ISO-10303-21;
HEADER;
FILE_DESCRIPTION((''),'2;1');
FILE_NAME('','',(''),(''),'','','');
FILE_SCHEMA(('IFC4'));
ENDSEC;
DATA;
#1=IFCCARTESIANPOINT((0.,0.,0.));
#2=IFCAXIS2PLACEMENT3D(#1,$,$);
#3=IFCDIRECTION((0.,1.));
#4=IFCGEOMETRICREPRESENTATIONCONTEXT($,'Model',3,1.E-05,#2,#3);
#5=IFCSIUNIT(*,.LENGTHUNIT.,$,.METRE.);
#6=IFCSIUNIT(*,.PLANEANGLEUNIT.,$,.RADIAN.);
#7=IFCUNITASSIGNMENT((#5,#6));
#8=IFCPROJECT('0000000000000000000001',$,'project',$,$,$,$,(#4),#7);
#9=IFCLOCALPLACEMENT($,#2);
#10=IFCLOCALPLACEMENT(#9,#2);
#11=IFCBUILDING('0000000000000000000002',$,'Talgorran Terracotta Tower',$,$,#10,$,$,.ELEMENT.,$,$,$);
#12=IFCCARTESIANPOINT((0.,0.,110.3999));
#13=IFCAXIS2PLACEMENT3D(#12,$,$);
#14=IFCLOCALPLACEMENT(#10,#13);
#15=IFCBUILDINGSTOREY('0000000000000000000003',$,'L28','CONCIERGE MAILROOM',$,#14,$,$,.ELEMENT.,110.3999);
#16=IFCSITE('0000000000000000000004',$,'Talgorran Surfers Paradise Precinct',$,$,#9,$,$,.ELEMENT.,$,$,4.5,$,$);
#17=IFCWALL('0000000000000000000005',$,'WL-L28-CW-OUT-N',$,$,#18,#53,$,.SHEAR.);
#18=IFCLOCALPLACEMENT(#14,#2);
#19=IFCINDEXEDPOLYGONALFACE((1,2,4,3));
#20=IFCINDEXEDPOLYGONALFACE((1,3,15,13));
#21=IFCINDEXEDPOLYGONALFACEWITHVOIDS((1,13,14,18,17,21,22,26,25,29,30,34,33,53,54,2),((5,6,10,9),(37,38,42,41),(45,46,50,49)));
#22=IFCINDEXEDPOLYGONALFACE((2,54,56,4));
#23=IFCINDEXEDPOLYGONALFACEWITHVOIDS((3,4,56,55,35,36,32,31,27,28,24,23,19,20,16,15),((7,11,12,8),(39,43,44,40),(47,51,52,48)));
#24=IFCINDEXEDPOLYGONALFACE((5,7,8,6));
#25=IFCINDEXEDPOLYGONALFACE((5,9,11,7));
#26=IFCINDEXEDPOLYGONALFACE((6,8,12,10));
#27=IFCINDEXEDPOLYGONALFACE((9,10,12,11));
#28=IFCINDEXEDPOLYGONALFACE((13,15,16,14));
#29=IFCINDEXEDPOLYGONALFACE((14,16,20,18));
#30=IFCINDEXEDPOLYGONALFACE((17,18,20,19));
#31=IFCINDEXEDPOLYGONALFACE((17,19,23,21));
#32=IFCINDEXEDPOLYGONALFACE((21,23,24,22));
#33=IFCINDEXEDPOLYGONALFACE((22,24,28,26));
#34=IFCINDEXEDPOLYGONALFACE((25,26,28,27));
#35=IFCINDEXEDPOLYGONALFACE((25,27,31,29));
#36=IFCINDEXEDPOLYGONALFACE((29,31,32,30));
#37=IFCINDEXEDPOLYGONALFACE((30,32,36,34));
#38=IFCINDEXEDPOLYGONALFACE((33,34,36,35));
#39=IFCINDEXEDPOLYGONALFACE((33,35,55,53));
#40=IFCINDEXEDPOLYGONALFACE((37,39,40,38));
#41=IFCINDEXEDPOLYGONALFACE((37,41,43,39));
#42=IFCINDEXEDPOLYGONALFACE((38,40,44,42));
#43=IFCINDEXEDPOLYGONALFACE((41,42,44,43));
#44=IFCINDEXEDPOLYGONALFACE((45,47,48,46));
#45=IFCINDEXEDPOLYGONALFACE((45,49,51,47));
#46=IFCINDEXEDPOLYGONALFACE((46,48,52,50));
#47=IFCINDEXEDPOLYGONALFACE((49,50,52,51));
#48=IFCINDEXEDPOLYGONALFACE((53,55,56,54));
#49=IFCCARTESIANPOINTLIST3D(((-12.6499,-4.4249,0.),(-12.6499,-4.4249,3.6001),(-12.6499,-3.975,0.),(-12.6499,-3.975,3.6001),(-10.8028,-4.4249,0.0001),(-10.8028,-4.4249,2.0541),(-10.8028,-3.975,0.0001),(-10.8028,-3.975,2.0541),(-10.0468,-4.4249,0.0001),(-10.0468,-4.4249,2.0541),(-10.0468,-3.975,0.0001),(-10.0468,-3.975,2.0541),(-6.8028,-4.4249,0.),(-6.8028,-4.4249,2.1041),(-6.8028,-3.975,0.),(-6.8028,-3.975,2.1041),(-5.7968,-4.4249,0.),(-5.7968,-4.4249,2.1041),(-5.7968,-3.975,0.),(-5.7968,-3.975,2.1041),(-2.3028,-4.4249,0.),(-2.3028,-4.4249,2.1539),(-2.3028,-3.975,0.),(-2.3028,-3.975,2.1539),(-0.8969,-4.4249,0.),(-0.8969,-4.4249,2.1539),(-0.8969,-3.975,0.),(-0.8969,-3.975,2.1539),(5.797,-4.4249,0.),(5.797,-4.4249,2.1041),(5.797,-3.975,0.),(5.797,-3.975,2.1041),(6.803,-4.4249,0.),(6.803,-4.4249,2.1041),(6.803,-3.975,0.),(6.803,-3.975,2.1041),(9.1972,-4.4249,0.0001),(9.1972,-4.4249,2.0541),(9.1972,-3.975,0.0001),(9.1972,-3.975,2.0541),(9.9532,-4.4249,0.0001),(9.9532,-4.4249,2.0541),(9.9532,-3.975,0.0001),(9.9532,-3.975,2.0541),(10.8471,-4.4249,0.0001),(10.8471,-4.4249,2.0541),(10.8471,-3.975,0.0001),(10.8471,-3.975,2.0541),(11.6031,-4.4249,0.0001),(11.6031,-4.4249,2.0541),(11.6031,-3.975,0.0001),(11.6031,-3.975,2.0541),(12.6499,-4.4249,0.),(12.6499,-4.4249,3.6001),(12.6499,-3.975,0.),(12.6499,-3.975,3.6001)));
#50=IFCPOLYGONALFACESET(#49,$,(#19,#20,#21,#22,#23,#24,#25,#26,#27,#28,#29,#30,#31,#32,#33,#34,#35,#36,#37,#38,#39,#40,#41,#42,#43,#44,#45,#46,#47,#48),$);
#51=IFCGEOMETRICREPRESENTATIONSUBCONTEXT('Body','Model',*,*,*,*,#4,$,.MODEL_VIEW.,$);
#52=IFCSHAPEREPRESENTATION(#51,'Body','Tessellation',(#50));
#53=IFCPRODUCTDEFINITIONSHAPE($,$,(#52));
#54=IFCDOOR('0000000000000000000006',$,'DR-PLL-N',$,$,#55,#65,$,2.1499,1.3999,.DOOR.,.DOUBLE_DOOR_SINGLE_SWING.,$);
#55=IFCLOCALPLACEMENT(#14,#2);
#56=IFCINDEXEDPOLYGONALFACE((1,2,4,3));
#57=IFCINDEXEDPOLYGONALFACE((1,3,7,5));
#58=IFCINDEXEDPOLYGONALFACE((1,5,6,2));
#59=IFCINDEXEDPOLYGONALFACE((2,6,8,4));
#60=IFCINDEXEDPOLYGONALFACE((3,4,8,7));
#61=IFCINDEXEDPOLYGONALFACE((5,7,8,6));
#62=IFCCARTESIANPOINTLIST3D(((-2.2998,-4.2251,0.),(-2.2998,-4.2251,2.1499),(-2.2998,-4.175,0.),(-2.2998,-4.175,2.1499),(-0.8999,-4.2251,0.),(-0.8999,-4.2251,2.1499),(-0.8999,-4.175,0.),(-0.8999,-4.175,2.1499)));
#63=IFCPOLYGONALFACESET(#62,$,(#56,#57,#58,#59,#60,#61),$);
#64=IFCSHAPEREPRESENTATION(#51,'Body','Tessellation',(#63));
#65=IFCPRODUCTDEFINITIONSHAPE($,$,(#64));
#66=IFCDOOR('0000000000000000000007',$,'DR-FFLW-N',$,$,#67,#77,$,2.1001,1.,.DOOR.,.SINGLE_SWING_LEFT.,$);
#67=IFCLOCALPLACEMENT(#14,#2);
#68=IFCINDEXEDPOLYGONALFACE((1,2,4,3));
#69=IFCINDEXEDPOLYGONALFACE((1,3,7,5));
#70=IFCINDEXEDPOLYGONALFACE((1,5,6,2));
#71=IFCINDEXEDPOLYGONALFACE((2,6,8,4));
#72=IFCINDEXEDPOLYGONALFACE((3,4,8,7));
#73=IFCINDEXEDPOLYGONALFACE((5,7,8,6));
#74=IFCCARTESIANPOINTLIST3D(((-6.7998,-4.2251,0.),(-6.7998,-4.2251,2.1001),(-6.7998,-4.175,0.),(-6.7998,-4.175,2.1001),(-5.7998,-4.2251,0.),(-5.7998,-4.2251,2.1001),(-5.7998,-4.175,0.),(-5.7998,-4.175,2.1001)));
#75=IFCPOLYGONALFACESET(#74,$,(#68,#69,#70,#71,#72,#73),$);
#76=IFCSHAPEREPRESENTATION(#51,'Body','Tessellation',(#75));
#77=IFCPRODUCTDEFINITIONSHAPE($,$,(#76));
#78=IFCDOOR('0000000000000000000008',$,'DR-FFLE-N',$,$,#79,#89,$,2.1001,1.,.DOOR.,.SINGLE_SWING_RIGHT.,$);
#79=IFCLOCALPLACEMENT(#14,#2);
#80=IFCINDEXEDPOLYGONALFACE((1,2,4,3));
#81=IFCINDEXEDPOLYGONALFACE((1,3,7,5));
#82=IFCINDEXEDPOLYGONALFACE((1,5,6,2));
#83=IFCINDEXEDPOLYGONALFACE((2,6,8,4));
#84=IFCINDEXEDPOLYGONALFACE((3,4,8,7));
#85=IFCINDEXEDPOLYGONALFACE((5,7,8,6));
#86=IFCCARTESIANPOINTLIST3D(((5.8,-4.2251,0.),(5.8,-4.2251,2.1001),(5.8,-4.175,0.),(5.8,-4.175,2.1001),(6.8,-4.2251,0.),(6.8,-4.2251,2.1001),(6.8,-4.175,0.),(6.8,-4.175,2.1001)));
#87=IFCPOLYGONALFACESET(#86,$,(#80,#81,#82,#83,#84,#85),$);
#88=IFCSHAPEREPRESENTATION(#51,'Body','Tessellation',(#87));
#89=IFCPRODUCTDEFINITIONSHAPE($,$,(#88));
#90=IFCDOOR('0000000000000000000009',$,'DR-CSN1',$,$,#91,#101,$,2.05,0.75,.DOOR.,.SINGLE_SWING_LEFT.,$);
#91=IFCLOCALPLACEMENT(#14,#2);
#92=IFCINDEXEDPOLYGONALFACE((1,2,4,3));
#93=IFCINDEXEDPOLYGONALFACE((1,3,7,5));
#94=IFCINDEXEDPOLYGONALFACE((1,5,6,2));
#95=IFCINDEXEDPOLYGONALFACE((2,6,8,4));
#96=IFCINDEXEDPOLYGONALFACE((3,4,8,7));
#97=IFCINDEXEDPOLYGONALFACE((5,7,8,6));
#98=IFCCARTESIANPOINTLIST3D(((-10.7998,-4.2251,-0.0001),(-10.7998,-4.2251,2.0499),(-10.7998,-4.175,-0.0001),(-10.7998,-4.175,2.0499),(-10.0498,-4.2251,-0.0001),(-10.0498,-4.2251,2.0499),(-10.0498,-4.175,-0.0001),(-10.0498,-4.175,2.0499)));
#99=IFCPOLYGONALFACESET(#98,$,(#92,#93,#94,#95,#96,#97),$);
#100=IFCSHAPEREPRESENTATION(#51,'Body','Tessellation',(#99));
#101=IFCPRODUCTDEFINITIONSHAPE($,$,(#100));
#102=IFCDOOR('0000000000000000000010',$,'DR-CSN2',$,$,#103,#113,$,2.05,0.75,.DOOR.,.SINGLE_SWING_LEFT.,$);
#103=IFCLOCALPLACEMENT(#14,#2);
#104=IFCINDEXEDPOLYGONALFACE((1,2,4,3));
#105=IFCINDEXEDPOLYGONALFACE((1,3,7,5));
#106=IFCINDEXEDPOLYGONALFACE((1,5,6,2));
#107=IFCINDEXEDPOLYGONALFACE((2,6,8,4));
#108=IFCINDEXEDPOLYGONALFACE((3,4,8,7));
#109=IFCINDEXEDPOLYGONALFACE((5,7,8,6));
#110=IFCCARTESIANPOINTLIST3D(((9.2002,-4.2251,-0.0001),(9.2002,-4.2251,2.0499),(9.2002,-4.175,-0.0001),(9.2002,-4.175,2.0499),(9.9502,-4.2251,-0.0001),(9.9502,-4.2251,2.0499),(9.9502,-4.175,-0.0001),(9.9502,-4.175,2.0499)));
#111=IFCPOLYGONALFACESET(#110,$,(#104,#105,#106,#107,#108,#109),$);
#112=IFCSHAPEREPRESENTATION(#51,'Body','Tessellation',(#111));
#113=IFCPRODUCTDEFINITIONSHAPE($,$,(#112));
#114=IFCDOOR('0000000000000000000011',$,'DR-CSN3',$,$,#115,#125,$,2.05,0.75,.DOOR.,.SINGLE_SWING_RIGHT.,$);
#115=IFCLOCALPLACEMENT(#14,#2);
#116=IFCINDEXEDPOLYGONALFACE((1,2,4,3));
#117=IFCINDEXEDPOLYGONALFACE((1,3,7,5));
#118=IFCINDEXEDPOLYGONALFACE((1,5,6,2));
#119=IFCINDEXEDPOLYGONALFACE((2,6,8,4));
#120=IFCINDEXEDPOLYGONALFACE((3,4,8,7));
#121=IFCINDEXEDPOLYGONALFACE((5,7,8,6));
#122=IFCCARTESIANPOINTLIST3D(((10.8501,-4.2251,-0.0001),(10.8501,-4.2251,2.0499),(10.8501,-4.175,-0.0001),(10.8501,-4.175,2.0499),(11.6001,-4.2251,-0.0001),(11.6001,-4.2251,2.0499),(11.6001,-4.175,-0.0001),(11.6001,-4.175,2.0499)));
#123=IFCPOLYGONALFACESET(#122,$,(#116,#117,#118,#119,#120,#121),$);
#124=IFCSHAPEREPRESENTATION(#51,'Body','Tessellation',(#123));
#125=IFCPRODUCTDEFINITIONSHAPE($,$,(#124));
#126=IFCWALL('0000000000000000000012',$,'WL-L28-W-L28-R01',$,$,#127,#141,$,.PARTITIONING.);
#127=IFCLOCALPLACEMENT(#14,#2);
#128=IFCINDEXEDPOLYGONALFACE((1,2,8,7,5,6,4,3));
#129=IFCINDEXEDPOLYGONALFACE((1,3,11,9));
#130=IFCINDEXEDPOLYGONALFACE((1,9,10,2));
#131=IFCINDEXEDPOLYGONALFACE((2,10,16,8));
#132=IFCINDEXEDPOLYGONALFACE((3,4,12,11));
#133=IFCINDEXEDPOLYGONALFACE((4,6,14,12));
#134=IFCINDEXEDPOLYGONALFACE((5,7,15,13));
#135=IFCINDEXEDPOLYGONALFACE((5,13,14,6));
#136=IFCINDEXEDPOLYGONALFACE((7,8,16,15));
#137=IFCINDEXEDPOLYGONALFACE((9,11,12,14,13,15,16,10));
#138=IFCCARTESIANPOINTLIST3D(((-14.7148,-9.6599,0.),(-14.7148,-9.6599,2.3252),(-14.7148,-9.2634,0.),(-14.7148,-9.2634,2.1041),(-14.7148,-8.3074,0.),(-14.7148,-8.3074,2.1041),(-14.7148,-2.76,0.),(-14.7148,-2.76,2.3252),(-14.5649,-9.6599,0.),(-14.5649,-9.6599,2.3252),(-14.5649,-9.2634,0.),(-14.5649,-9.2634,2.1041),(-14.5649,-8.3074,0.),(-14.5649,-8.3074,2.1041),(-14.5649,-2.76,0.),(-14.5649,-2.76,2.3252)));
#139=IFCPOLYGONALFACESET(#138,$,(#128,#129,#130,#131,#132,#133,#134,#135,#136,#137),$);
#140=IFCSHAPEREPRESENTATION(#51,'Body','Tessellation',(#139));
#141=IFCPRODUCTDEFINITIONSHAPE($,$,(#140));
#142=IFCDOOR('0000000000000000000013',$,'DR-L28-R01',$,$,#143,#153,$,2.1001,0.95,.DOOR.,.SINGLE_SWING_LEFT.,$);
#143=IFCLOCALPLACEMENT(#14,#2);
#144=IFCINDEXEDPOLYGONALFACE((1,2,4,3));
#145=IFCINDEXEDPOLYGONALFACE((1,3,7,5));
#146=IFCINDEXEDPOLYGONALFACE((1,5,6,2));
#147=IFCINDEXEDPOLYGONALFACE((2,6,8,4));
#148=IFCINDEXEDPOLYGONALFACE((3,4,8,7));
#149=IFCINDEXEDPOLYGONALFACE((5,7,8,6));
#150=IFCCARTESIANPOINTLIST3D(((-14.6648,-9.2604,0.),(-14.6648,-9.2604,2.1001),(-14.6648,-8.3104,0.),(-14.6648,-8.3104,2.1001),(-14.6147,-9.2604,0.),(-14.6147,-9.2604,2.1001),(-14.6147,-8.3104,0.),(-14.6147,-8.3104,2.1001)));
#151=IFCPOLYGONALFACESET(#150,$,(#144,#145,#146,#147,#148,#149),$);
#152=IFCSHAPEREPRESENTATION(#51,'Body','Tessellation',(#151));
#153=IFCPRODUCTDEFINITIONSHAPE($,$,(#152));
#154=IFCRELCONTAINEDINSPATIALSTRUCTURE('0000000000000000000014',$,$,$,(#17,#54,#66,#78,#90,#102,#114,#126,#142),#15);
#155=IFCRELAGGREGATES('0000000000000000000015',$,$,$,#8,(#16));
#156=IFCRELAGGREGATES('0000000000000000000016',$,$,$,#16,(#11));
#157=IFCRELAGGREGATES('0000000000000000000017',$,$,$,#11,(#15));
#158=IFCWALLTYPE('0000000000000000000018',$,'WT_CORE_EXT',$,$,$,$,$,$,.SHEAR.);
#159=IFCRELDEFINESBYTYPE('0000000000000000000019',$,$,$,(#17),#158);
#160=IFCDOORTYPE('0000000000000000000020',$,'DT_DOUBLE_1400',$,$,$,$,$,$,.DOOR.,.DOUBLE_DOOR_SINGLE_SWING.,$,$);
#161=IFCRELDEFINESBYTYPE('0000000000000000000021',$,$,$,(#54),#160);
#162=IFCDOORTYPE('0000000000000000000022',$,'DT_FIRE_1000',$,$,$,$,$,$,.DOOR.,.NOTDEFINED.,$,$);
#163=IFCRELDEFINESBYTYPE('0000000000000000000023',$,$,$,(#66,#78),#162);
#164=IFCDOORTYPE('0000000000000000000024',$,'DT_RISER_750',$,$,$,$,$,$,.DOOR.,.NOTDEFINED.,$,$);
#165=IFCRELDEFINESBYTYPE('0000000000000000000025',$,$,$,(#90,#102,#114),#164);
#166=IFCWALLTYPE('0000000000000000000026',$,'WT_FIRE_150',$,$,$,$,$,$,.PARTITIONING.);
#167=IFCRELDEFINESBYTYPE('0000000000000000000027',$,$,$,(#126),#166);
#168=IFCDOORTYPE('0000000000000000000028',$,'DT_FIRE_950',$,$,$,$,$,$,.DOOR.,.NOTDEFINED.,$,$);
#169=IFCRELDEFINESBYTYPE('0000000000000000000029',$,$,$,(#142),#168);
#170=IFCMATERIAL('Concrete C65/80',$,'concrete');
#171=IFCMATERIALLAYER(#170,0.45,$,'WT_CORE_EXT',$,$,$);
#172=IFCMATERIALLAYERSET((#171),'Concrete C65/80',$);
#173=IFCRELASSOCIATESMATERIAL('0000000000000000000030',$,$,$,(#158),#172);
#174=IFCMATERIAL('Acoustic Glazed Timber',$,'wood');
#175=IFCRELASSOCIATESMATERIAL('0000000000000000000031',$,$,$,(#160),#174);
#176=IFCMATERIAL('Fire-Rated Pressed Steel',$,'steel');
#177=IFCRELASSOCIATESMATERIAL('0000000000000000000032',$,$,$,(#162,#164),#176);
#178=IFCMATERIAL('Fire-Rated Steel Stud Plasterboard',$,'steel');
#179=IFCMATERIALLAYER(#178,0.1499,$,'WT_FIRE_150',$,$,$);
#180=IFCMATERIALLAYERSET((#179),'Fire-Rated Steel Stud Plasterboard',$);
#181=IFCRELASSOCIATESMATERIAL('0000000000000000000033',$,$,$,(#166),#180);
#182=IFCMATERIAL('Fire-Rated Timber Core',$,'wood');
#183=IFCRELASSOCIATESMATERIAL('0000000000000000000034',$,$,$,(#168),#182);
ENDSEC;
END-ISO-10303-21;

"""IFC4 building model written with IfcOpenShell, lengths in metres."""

from ifc_helpers import new_model, si_unit, direction, frame, frame_2d, origin, place, context, subcontext, project, spatial, rectangle, extrude, material, layer, layer_set, type_object, element, fill, save


model = new_model("IFC4")

# Units and contexts
model_context = context("Model", 3, precision=1e-05, world=origin(), true_north=direction((0.0, 1.0)))
body_context = subcontext(model_context, "Body", "Model", "MODEL_VIEW")
ifc_project = project(units=[si_unit("LENGTHUNIT", "METRE"), si_unit("PLANEANGLEUNIT", "RADIAN")], contexts=[model_context])

# Site, building, storey
site_placement = place(None, origin())
site = spatial("IfcSite", under=ifc_project, at=site_placement, Name="Talgorran Surfers Paradise Precinct", CompositionType="ELEMENT", RefElevation=4.5)
building_placement = place(site_placement, origin())
building = spatial("IfcBuilding", under=site, at=building_placement, Name="Talgorran Terracotta Tower", CompositionType="ELEMENT")
storey_placement = place(building_placement, frame((0.0, 0.0, 110.3999)))
storey = spatial("IfcBuildingStorey", under=building, at=storey_placement, Name="L28", Description="CONCIERGE MAILROOM", CompositionType="ELEMENT", Elevation=110.3999)

# Wall, openings, doors
ifc_material_1 = material(Name="Concrete C65/80", Category="concrete")
ifc_layer_1 = layer(ifc_material_1, 0.45, Name="WT_CORE_EXT")
ifc_layer_set_1 = layer_set([ifc_layer_1], Name="Concrete C65/80")
wall_type_1 = type_object("IfcWallType", Name="WT_CORE_EXT", PredefinedType="SHEAR", material=ifc_layer_set_1)
wall_1_placement = place(storey_placement, frame((-12.6499, -4.2, 0.0), z_axis=(0.0, 0.0, 1.0), x_axis=(1.0, 0.0, 0.0)))
wall_1 = element("IfcWall", 1, at=wall_1_placement, inside=storey, type_object=wall_type_1, Name="WL-L28-CW-OUT-N", PredefinedType="SHEAR", context=body_context, shape_type="SweptSolid", body=[
    extrude(rectangle(XDim=25.2998, YDim=0.45, at=frame_2d((12.6499, 0.0))), origin(), (0.0, 0.0, 1.0), 3.6001),
])
opening_1_placement = place(wall_1_placement, frame((1.8501, 0.0, 0.0)))
opening_1 = element("IfcOpeningElement", 2, at=opening_1_placement, cuts=wall_1, PredefinedType="OPENING", context=body_context, shape_type="SweptSolid", body=[
    extrude(rectangle(XDim=0.756, YDim=2.054, at=frame_2d((0.375, 1.0271))), frame((0.0, 0.2349, 0.0), z_axis=(0.0, -1.0, 0.0), x_axis=(1.0, 0.0, 0.0)), (0.0, 0.0, 1.0), 0.47),
])
opening_2_placement = place(wall_1_placement, frame((21.8501, 0.0, 0.0)))
opening_2 = element("IfcOpeningElement", 3, at=opening_2_placement, cuts=wall_1, PredefinedType="OPENING", context=body_context, shape_type="SweptSolid", body=[
    extrude(rectangle(XDim=0.756, YDim=2.054, at=frame_2d((0.375, 1.0271))), frame((0.0, 0.2349, 0.0), z_axis=(0.0, -1.0, 0.0), x_axis=(1.0, 0.0, 0.0)), (0.0, 0.0, 1.0), 0.47),
])
opening_3_placement = place(wall_1_placement, frame((23.5, 0.0, 0.0)))
opening_3 = element("IfcOpeningElement", 4, at=opening_3_placement, cuts=wall_1, PredefinedType="OPENING", context=body_context, shape_type="SweptSolid", body=[
    extrude(rectangle(XDim=0.756, YDim=2.054, at=frame_2d((0.375, 1.0271))), frame((0.0, 0.2349, 0.0), z_axis=(0.0, -1.0, 0.0), x_axis=(1.0, 0.0, 0.0)), (0.0, 0.0, 1.0), 0.47),
])
opening_4_placement = place(wall_1_placement, frame((5.8501, 0.0, 0.0)))
opening_4 = element("IfcOpeningElement", 5, at=opening_4_placement, cuts=wall_1, PredefinedType="OPENING", context=body_context, shape_type="SweptSolid", body=[
    extrude(rectangle(XDim=1.006, YDim=2.1041, at=frame_2d((0.5, 1.052))), frame((0.0, 0.2349, 0.0), z_axis=(0.0, -1.0, 0.0), x_axis=(1.0, 0.0, 0.0)), (0.0, 0.0, 1.0), 0.47),
])
opening_5_placement = place(wall_1_placement, frame((10.3501, 0.0, 0.0)))
opening_5 = element("IfcOpeningElement", 6, at=opening_5_placement, cuts=wall_1, PredefinedType="OPENING", context=body_context, shape_type="SweptSolid", body=[
    extrude(rectangle(XDim=1.4059, YDim=2.1539, at=frame_2d((0.7, 1.0769))), frame((0.0, 0.2349, 0.0), z_axis=(0.0, -1.0, 0.0), x_axis=(1.0, 0.0, 0.0)), (0.0, 0.0, 1.0), 0.47),
])
opening_6_placement = place(wall_1_placement, frame((18.45, 0.0, 0.0)))
opening_6 = element("IfcOpeningElement", 7, at=opening_6_placement, cuts=wall_1, PredefinedType="OPENING", context=body_context, shape_type="SweptSolid", body=[
    extrude(rectangle(XDim=1.006, YDim=2.1041, at=frame_2d((0.5, 1.052))), frame((0.0, 0.2349, 0.0), z_axis=(0.0, -1.0, 0.0), x_axis=(1.0, 0.0, 0.0)), (0.0, 0.0, 1.0), 0.47),
])
ifc_material_2 = material(Name="Acoustic Glazed Timber", Category="wood")
door_type_1 = type_object("IfcDoorType", Name="DT_DOUBLE_1400", OperationType="DOUBLE_DOOR_SINGLE_SWING", PredefinedType="DOOR", material=ifc_material_2)
door_1_placement = place(opening_5_placement, origin())
door_1 = element("IfcDoor", 8, at=door_1_placement, inside=storey, type_object=door_type_1, Name="DR-PLL-N", OperationType="DOUBLE_DOOR_SINGLE_SWING", OverallHeight=2.1499, OverallWidth=1.3999, PredefinedType="DOOR", context=body_context, shape_type="SweptSolid", body=[
    extrude(rectangle(XDim=1.3999, YDim=2.1499, at=frame_2d((0.7, 1.075))), frame((0.0, 0.0249, 0.0), z_axis=(0.0, -1.0, 0.0), x_axis=(1.0, 0.0, 0.0)), (0.0, 0.0, 1.0), 0.05),
])
fill(opening_5, door_1)
ifc_material_3 = material(Name="Fire-Rated Pressed Steel", Category="steel")
door_type_2 = type_object("IfcDoorType", Name="DT_FIRE_1000", OperationType="NOTDEFINED", PredefinedType="DOOR", material=ifc_material_3)
door_2_placement = place(opening_4_placement, origin())
door_2 = element("IfcDoor", 9, at=door_2_placement, inside=storey, type_object=door_type_2, Name="DR-FFLW-N", OperationType="SINGLE_SWING_LEFT", OverallHeight=2.1001, OverallWidth=1.0, PredefinedType="DOOR", context=body_context, shape_type="SweptSolid", body=[
    extrude(rectangle(XDim=1.0, YDim=2.1001, at=frame_2d((0.5, 1.05))), frame((0.0, 0.0249, 0.0), z_axis=(0.0, -1.0, 0.0), x_axis=(1.0, 0.0, 0.0)), (0.0, 0.0, 1.0), 0.05),
])
fill(opening_4, door_2)
door_3_placement = place(opening_6_placement, origin())
door_3 = element("IfcDoor", 10, at=door_3_placement, inside=storey, type_object=door_type_2, Name="DR-FFLE-N", OperationType="SINGLE_SWING_RIGHT", OverallHeight=2.1001, OverallWidth=1.0, PredefinedType="DOOR", context=body_context, shape_type="SweptSolid", body=[
    extrude(rectangle(XDim=1.0, YDim=2.1001, at=frame_2d((0.5, 1.05))), frame((0.0, 0.0249, 0.0), z_axis=(0.0, -1.0, 0.0), x_axis=(1.0, 0.0, 0.0)), (0.0, 0.0, 1.0), 0.05),
])
fill(opening_6, door_3)
door_type_3 = type_object("IfcDoorType", Name="DT_RISER_750", OperationType="NOTDEFINED", PredefinedType="DOOR", material=ifc_material_3)
door_4_placement = place(opening_1_placement, origin())
door_4 = element("IfcDoor", 11, at=door_4_placement, inside=storey, type_object=door_type_3, Name="DR-CSN1", OperationType="SINGLE_SWING_LEFT", OverallHeight=2.05, OverallWidth=0.75, PredefinedType="DOOR", context=body_context, shape_type="SweptSolid", body=[
    extrude(rectangle(XDim=0.75, YDim=2.05, at=frame_2d((0.375, 1.0249))), frame((0.0, 0.0249, 0.0), z_axis=(0.0, -1.0, 0.0), x_axis=(1.0, 0.0, 0.0)), (0.0, 0.0, 1.0), 0.05),
])
fill(opening_1, door_4)
door_5_placement = place(opening_2_placement, origin())
door_5 = element("IfcDoor", 12, at=door_5_placement, inside=storey, type_object=door_type_3, Name="DR-CSN2", OperationType="SINGLE_SWING_LEFT", OverallHeight=2.05, OverallWidth=0.75, PredefinedType="DOOR", context=body_context, shape_type="SweptSolid", body=[
    extrude(rectangle(XDim=0.75, YDim=2.05, at=frame_2d((0.375, 1.0249))), frame((0.0, 0.0249, 0.0), z_axis=(0.0, -1.0, 0.0), x_axis=(1.0, 0.0, 0.0)), (0.0, 0.0, 1.0), 0.05),
])
fill(opening_2, door_5)
door_6_placement = place(opening_3_placement, origin())
door_6 = element("IfcDoor", 13, at=door_6_placement, inside=storey, type_object=door_type_3, Name="DR-CSN3", OperationType="SINGLE_SWING_RIGHT", OverallHeight=2.05, OverallWidth=0.75, PredefinedType="DOOR", context=body_context, shape_type="SweptSolid", body=[
    extrude(rectangle(XDim=0.75, YDim=2.05, at=frame_2d((0.375, 1.0249))), frame((0.0, 0.0249, 0.0), z_axis=(0.0, -1.0, 0.0), x_axis=(1.0, 0.0, 0.0)), (0.0, 0.0, 1.0), 0.05),
])
fill(opening_3, door_6)

# Wall, opening, door
ifc_material_4 = material(Name="Fire-Rated Steel Stud Plasterboard", Category="steel")
ifc_layer_2 = layer(ifc_material_4, 0.1499, Name="WT_FIRE_150")
ifc_layer_set_2 = layer_set([ifc_layer_2], Name="Fire-Rated Steel Stud Plasterboard")
wall_type_2 = type_object("IfcWallType", Name="WT_FIRE_150", PredefinedType="PARTITIONING", material=ifc_layer_set_2)
wall_2_placement = place(storey_placement, frame((-14.6399, -9.6599, 0.0), z_axis=(0.0, 0.0, 1.0), x_axis=(0.0, 1.0, 0.0)))
wall_2 = element("IfcWall", 14, at=wall_2_placement, inside=storey, type_object=wall_type_2, Name="WL-L28-W-L28-R01", PredefinedType="PARTITIONING", context=body_context, shape_type="SweptSolid", body=[
    extrude(rectangle(XDim=6.8999, YDim=0.1499, at=frame_2d((3.45, 0.0))), origin(), (0.0, 0.0, 1.0), 2.3252),
])
opening_7_placement = place(wall_2_placement, frame((0.3994, 0.0, 0.0)))
opening_7 = element("IfcOpeningElement", 15, at=opening_7_placement, cuts=wall_2, PredefinedType="OPENING", context=body_context, shape_type="SweptSolid", body=[
    extrude(rectangle(XDim=0.956, YDim=2.1041, at=frame_2d((0.4751, 1.052))), frame((0.0, 0.085, 0.0), z_axis=(0.0, -1.0, 0.0), x_axis=(1.0, 0.0, 0.0)), (0.0, 0.0, 1.0), 0.1699),
])
ifc_material_5 = material(Name="Fire-Rated Timber Core", Category="wood")
door_type_4 = type_object("IfcDoorType", Name="DT_FIRE_950", OperationType="NOTDEFINED", PredefinedType="DOOR", material=ifc_material_5)
door_7_placement = place(opening_7_placement, origin())
door_7 = element("IfcDoor", 16, at=door_7_placement, inside=storey, type_object=door_type_4, Name="DR-L28-R01", OperationType="SINGLE_SWING_LEFT", OverallHeight=2.1001, OverallWidth=0.95, PredefinedType="DOOR", context=body_context, shape_type="SweptSolid", body=[
    extrude(rectangle(XDim=0.95, YDim=2.1001, at=frame_2d((0.4751, 1.05))), frame((0.0, 0.0249, 0.0), z_axis=(0.0, -1.0, 0.0), x_axis=(1.0, 0.0, 0.0)), (0.0, 0.0, 1.0), 0.05),
])
fill(opening_7, door_7)

save(model, "model.ifc")
